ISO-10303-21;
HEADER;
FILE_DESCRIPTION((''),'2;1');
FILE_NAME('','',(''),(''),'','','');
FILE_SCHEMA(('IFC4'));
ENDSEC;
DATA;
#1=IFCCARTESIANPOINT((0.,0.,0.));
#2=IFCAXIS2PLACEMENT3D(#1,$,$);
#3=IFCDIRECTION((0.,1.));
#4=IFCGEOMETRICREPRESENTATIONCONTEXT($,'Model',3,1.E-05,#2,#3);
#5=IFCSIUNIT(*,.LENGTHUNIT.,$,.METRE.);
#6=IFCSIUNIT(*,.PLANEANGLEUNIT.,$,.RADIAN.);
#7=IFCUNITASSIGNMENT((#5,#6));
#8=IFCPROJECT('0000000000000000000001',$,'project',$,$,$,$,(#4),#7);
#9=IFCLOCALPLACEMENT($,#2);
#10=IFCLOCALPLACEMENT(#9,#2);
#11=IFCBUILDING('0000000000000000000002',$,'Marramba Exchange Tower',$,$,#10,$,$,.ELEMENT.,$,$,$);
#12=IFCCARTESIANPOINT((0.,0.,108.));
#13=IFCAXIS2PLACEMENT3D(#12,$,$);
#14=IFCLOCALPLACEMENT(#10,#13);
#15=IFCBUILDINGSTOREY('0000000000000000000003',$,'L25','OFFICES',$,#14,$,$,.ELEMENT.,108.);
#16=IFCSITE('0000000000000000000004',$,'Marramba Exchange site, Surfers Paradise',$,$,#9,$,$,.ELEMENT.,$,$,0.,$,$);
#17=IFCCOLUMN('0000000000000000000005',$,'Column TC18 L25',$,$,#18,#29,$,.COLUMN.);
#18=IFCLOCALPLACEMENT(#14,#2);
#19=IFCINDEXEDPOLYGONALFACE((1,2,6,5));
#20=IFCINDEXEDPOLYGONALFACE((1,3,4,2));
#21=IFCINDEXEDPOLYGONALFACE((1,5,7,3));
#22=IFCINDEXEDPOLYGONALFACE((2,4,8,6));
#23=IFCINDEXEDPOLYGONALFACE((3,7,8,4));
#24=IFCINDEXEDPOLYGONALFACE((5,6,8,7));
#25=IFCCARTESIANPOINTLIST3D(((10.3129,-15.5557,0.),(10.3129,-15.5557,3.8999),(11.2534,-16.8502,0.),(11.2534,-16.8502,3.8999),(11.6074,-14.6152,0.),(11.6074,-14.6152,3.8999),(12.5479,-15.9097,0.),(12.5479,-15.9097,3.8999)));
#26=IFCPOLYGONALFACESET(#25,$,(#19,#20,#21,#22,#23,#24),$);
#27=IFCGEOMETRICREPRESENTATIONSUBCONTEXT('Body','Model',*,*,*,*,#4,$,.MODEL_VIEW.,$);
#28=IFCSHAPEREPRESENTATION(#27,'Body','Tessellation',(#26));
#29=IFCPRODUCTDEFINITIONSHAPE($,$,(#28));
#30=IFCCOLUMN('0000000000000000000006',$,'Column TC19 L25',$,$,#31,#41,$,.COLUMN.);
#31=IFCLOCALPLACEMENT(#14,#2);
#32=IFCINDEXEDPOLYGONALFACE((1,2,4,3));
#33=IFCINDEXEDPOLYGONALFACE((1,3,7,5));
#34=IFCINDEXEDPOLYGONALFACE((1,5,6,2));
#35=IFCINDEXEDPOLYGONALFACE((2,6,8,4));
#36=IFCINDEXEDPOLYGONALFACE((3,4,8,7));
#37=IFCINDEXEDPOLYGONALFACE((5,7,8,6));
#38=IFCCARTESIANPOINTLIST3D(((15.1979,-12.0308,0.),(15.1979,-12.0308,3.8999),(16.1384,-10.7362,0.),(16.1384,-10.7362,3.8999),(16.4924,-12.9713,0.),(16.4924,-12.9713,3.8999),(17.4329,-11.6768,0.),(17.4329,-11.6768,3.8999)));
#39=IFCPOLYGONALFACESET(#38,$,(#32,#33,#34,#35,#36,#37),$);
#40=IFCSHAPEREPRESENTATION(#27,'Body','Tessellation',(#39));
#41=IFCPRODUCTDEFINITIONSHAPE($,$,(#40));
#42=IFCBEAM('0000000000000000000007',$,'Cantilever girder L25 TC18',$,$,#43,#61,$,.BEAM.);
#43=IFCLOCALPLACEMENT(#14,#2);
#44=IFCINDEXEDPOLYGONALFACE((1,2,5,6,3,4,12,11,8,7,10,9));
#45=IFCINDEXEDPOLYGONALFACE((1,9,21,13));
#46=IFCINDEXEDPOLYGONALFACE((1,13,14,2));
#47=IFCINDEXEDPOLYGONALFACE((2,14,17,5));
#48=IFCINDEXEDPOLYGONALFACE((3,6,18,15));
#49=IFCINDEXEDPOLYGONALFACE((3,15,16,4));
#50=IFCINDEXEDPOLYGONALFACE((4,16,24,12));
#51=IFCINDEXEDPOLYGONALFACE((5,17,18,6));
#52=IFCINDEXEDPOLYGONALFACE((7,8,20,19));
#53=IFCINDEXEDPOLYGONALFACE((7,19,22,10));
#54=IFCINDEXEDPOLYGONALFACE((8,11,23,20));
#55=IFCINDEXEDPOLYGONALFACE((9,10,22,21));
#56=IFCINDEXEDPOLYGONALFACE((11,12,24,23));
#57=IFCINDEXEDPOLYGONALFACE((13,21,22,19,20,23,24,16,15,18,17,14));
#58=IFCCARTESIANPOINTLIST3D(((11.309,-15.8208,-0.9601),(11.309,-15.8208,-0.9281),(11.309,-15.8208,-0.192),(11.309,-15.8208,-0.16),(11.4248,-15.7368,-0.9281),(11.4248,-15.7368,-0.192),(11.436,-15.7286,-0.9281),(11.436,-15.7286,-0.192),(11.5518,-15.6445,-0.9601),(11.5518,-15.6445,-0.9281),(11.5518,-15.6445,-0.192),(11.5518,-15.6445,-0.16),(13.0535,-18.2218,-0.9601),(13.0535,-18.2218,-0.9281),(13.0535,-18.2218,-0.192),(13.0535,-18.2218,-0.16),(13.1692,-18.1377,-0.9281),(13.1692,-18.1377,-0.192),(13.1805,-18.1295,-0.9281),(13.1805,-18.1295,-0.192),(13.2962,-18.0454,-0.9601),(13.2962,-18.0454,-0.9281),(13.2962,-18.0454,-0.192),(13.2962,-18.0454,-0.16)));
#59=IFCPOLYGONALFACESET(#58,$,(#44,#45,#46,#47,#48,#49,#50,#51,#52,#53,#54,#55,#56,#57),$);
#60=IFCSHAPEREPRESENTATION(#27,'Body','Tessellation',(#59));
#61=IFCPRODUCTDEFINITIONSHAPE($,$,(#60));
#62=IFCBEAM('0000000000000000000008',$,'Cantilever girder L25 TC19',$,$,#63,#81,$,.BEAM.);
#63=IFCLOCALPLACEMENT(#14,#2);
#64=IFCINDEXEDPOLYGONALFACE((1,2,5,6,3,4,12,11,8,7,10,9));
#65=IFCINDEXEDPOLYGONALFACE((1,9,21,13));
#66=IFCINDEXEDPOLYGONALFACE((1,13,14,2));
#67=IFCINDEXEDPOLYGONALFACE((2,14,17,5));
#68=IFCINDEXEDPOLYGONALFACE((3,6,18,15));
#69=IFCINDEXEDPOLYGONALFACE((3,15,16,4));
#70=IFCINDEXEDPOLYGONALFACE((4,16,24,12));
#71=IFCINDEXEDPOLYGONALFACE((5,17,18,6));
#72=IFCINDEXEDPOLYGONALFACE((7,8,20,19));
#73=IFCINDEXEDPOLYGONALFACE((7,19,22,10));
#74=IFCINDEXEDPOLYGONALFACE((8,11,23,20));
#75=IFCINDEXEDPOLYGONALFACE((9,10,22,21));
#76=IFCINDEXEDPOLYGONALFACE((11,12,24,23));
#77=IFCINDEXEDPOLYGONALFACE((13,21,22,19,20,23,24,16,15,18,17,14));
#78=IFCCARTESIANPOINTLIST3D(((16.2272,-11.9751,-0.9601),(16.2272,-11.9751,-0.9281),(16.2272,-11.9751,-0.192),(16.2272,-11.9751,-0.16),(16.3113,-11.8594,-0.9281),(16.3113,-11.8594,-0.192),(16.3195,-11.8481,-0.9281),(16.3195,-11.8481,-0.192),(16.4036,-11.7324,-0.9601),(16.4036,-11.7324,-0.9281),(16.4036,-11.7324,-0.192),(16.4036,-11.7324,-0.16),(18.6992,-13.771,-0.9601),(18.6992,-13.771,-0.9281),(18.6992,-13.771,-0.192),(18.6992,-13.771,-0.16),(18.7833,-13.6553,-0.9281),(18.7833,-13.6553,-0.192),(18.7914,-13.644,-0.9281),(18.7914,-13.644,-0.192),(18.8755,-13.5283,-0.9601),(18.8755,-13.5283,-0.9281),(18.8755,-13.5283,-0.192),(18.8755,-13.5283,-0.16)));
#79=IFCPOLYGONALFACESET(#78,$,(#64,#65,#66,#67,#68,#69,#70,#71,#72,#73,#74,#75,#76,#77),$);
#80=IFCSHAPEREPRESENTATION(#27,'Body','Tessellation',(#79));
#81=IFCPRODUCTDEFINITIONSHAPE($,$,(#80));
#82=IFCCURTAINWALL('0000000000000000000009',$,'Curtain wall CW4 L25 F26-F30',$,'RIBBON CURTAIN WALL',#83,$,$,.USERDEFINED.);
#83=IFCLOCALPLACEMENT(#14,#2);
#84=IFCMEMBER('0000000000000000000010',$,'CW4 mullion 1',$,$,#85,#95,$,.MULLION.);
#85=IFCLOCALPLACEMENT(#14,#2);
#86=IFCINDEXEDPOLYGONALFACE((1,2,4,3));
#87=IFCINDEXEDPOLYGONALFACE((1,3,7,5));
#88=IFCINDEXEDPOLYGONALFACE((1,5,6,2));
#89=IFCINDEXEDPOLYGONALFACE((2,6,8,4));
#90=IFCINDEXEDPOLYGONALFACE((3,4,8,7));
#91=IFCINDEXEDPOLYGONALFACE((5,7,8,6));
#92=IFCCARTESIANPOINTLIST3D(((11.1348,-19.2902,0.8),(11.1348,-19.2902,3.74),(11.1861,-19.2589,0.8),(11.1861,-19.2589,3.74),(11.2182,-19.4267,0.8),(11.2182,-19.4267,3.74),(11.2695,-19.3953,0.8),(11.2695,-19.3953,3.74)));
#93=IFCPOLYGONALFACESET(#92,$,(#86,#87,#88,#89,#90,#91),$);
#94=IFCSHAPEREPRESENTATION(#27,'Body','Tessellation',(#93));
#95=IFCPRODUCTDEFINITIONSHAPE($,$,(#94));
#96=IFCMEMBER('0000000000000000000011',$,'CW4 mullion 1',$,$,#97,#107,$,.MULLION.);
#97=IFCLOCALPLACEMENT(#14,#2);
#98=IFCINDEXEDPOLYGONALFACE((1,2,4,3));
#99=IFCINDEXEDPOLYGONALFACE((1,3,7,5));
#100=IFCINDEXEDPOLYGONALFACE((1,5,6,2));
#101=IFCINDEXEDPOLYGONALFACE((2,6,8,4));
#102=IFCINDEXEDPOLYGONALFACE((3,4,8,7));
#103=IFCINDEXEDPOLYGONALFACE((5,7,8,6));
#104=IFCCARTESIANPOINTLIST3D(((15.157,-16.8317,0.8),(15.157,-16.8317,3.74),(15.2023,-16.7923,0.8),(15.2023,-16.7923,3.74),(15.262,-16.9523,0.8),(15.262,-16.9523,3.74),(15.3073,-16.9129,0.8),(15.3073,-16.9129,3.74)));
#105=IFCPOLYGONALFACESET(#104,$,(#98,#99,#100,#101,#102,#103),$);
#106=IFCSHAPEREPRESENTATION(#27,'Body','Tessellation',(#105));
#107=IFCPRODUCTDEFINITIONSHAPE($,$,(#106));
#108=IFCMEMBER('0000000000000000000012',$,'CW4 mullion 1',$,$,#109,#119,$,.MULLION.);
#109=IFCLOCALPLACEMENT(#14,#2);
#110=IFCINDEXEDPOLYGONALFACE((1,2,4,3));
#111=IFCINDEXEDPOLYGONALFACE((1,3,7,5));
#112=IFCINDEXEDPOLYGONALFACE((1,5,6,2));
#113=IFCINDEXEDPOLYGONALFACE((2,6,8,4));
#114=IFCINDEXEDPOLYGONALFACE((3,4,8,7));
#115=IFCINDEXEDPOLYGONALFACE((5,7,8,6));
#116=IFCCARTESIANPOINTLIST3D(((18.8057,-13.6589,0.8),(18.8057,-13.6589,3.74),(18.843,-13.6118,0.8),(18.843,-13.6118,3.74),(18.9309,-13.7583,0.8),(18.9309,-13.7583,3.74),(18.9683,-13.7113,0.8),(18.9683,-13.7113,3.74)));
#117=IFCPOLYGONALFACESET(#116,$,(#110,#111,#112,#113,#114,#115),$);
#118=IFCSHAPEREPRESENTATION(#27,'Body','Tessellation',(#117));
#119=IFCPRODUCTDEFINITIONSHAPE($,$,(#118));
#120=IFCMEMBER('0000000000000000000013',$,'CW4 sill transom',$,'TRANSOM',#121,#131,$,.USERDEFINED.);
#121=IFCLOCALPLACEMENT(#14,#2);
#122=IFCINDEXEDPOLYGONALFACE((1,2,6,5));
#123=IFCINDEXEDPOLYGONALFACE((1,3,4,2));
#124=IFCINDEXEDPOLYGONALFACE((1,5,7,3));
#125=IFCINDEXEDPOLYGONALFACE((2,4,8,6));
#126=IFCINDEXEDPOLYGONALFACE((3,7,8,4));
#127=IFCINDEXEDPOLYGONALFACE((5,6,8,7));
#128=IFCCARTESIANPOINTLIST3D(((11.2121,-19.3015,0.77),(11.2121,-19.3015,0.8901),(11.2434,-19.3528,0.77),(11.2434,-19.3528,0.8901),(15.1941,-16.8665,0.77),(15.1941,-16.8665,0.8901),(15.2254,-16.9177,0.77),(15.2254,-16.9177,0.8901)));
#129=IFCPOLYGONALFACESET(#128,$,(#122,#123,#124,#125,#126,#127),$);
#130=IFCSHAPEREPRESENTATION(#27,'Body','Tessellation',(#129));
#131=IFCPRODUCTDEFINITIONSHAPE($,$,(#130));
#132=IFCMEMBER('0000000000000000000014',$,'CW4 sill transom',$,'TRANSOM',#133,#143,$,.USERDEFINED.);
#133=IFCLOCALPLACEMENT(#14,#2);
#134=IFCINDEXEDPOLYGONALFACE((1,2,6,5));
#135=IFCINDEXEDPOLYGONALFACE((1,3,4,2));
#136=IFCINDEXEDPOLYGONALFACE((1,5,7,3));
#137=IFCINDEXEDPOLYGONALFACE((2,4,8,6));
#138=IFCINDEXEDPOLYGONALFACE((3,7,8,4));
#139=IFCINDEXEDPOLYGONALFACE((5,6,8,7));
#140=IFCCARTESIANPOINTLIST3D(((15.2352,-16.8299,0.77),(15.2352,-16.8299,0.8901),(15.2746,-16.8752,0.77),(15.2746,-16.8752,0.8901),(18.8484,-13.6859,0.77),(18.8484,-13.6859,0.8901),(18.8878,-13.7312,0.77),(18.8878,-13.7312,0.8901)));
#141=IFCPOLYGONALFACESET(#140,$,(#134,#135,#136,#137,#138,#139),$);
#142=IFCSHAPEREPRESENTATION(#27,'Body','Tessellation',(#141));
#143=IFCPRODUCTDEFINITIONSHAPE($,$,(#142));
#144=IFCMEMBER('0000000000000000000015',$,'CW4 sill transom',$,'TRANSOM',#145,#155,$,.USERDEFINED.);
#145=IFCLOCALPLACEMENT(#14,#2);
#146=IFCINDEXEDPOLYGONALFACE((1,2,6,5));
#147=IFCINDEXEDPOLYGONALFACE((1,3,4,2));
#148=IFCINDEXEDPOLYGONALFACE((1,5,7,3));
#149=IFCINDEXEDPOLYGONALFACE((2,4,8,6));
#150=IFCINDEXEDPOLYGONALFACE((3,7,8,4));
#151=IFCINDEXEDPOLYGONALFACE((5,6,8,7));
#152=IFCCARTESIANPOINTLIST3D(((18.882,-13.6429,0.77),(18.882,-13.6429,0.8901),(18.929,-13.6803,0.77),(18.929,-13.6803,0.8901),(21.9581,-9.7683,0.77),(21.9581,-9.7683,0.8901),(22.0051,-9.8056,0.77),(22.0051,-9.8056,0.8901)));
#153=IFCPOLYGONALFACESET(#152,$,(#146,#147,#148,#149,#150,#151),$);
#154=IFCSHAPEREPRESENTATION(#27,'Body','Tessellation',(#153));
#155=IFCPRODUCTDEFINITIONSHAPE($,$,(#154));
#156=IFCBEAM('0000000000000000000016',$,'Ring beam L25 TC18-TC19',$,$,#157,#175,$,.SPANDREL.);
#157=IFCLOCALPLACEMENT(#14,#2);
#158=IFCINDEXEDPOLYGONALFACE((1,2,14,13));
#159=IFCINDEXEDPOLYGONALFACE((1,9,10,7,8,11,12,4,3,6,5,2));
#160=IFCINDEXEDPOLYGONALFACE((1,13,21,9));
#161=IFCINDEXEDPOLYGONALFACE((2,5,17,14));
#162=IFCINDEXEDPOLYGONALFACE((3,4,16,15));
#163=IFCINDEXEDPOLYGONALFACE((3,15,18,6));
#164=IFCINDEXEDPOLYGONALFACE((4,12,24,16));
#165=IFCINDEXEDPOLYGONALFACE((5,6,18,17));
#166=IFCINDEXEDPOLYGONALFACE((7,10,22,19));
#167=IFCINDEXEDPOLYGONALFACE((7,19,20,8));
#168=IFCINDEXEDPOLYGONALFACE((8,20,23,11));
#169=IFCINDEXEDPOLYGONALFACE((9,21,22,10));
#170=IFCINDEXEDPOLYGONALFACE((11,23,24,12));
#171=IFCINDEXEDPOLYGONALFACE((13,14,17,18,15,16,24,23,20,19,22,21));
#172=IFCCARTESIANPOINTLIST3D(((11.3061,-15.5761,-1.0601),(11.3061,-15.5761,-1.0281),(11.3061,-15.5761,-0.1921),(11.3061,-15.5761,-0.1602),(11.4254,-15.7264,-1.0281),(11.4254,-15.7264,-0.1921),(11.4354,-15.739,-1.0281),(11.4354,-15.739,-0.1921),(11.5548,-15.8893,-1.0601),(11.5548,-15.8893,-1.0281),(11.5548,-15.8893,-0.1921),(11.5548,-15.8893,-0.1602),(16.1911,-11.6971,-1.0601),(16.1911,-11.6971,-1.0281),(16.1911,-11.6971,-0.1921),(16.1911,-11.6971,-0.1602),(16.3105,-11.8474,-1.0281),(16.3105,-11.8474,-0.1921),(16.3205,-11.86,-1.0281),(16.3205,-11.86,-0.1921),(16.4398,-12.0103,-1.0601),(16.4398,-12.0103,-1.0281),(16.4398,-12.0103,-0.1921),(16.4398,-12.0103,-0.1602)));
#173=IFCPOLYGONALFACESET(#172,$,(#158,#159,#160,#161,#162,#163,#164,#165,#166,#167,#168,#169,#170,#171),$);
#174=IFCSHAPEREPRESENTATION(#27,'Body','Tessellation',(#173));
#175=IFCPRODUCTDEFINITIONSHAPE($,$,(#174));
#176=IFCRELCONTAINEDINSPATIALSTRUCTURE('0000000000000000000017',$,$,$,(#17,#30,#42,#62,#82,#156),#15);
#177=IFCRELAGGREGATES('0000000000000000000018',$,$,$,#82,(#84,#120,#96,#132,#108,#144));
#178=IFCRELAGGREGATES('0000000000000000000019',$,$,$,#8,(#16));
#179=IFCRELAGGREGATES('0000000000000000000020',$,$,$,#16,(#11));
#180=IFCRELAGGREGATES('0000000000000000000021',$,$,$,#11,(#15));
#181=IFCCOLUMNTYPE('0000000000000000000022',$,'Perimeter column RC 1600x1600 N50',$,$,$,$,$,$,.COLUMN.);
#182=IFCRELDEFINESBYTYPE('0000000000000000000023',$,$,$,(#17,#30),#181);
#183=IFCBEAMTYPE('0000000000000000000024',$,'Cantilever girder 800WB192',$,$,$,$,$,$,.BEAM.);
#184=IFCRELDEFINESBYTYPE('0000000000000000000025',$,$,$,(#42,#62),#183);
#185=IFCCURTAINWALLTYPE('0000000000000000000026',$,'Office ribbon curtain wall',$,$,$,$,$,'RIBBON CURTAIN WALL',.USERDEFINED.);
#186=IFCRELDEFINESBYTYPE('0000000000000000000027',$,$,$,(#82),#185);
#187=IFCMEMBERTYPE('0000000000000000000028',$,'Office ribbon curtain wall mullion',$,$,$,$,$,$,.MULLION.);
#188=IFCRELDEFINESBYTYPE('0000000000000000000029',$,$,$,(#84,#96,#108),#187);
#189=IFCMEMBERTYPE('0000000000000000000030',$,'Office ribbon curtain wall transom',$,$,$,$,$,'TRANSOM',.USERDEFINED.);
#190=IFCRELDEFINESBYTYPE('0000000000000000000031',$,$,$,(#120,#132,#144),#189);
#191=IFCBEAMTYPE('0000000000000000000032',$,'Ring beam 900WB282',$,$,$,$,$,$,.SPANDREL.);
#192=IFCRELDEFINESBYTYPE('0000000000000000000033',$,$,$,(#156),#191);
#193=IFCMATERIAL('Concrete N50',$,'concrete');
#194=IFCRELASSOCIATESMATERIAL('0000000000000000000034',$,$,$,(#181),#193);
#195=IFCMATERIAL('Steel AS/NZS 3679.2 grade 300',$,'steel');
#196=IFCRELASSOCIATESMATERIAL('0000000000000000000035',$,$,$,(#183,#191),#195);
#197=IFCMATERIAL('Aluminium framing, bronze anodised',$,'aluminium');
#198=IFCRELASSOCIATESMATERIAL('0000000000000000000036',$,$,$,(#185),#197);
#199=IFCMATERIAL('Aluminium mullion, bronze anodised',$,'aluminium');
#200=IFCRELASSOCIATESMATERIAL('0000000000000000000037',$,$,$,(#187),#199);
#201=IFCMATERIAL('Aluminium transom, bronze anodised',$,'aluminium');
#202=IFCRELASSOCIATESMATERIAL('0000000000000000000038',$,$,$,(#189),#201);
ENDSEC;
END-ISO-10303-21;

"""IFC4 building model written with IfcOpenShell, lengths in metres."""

from ifc_helpers import new_model, si_unit, direction, frame, origin, origin_2d, place, context, subcontext, project, spatial, rectangle, i_section, extrude, material, material_profile, profile_set, type_object, element, aggregate, save


model = new_model("IFC4")

# Units and contexts
model_context = context("Model", 3, precision=1e-05, world=origin(), true_north=direction((0.0, 1.0)))
body_context = subcontext(model_context, "Body", "Model", "MODEL_VIEW")
ifc_project = project(units=[si_unit("LENGTHUNIT", "METRE"), si_unit("PLANEANGLEUNIT", "RADIAN")], contexts=[model_context])

# Site, building, storey
site_placement = place(None, origin())
site = spatial("IfcSite", under=ifc_project, at=site_placement, Name="Marramba Exchange site, Surfers Paradise", CompositionType="ELEMENT", RefElevation=0.0)
building_placement = place(site_placement, origin())
building = spatial("IfcBuilding", under=site, at=building_placement, Name="Marramba Exchange Tower", CompositionType="ELEMENT")
storey_placement = place(building_placement, frame((0.0, 0.0, 108.0)))
storey = spatial("IfcBuildingStorey", under=building, at=storey_placement, Name="L25", Description="OFFICES", CompositionType="ELEMENT", Elevation=108.0)

# Columns
ifc_material_1 = material(Name="Concrete N50", Category="concrete")
ifc_material_profile_1 = material_profile(ifc_material_1, rectangle(XDim=1.6001, YDim=1.6001, at=origin_2d()), Name="RC 1600x1600")
ifc_profile_set_1 = profile_set([ifc_material_profile_1], Name="Concrete N50")
column_type = type_object("IfcColumnType", Name="Perimeter column RC 1600x1600 N50", PredefinedType="COLUMN", material=ifc_profile_set_1)
for number, where, z_axis, x_axis, name in (
    (1, (11.4304, -15.7327, 0.0), (0.0, 0.0, 1.0), (0.587785, -0.809017, 0.0), "Column TC18 L25"),
    (2, (16.3154, -11.8538, 0.0), (0.0, 0.0, 1.0), (0.809017, -0.587785, 0.0), "Column TC19 L25"),
):
    element("IfcColumn", number, at=place(storey_placement, frame(where, z_axis=z_axis, x_axis=x_axis)), inside=storey, type_object=column_type, Name=name, PredefinedType="COLUMN", context=body_context, shape_type="SweptSolid", body=[
        extrude(rectangle(XDim=1.6001, YDim=1.6001, at=origin_2d()), origin(), (0.0, 0.0, 1.0), 3.8999),
    ])

# Beams
ifc_material_2 = material(Name="Steel AS/NZS 3679.2 grade 300", Category="steel")
ifc_material_profile_2 = material_profile(ifc_material_2, i_section(OverallWidth=0.3, OverallDepth=0.8, WebThickness=0.0139, FlangeThickness=0.032, at=origin_2d()), Name="800WB192")
ifc_profile_set_2 = profile_set([ifc_material_profile_2], Name="Steel AS/NZS 3679.2 grade 300")
beam_type_1 = type_object("IfcBeamType", Name="Cantilever girder 800WB192", PredefinedType="BEAM", material=ifc_profile_set_2)
beam_1_placement = place(storey_placement, frame((11.4304, -15.7327, -0.5601), z_axis=(0.587795, -0.80901, 0.0), x_axis=(0.80901, 0.587795, 0.0)))
element("IfcBeam", 3, at=beam_1_placement, inside=storey, type_object=beam_type_1, Name="Cantilever girder L25 TC18", PredefinedType="BEAM", context=body_context, shape_type="SweptSolid", body=[
    extrude(i_section(OverallWidth=0.3, OverallDepth=0.8, WebThickness=0.0139, FlangeThickness=0.032, at=origin_2d()), origin(), (0.0, 0.0, 1.0), 2.9678),
])
beam_2_placement = place(storey_placement, frame((16.3154, -11.8538, -0.5601), z_axis=(0.809026, -0.587773, 0.0), x_axis=(0.587773, 0.809026, 0.0)))
element("IfcBeam", 4, at=beam_2_placement, inside=storey, type_object=beam_type_1, Name="Cantilever girder L25 TC19", PredefinedType="BEAM", context=body_context, shape_type="SweptSolid", body=[
    extrude(i_section(OverallWidth=0.3, OverallDepth=0.8, WebThickness=0.0139, FlangeThickness=0.032, at=origin_2d()), origin(), (0.0, 0.0, 1.0), 3.0554),
])

# Curtain wall, members
ifc_material_3 = material(Name="Aluminium framing, bronze anodised", Category="aluminium")
curtain_wall_type = type_object("IfcCurtainWallType", Name="Office ribbon curtain wall", ElementType="RIBBON CURTAIN WALL", PredefinedType="USERDEFINED", material=ifc_material_3)
curtain_wall_placement = place(storey_placement, origin())
curtain_wall = element("IfcCurtainWall", 5, at=curtain_wall_placement, inside=storey, type_object=curtain_wall_type, Name="Curtain wall CW4 L25 F26-F30", ObjectType="RIBBON CURTAIN WALL", PredefinedType="USERDEFINED")
ifc_material_4 = material(Name="Aluminium mullion, bronze anodised", Category="aluminium")
ifc_material_profile_3 = material_profile(ifc_material_4, rectangle(XDim=0.1599, YDim=0.0601, at=origin_2d()), Name="CW4 mullion 60x160")
ifc_profile_set_3 = profile_set([ifc_material_profile_3], Name="Aluminium mullion, bronze anodised")
member_type_1 = type_object("IfcMemberType", Name="Office ribbon curtain wall mullion", PredefinedType="MULLION", material=ifc_profile_set_3)
member_1_placement = place(storey_placement, frame((11.2021, -19.3428, 0.8), z_axis=(0.0, 0.0, 1.0), x_axis=(-0.521733, 0.853109, 0.0)))
member_1 = element("IfcMember", 6, at=member_1_placement, type_object=member_type_1, Name="CW4 mullion 1", PredefinedType="MULLION", context=body_context, shape_type="SweptSolid", body=[
    extrude(rectangle(XDim=0.1599, YDim=0.0601, at=origin_2d()), origin(), (0.0, 0.0, 1.0), 2.9399),
])
member_2_placement = place(storey_placement, frame((15.2322, -16.8723, 0.8), z_axis=(0.0, 0.0, 1.0), x_axis=(-0.656432, 0.754386, 0.0)))
member_2 = element("IfcMember", 7, at=member_2_placement, type_object=member_type_1, Name="CW4 mullion 1", PredefinedType="MULLION", context=body_context, shape_type="SweptSolid", body=[
    extrude(rectangle(XDim=0.1599, YDim=0.0601, at=origin_2d()), origin(), (0.0, 0.0, 1.0), 2.9399),
])
member_3_placement = place(storey_placement, frame((18.887, -13.6851, 0.8), z_axis=(0.0, 0.0, 1.0), x_axis=(-0.78317, 0.621807, 0.0)))
member_3 = element("IfcMember", 8, at=member_3_placement, type_object=member_type_1, Name="CW4 mullion 1", PredefinedType="MULLION", context=body_context, shape_type="SweptSolid", body=[
    extrude(rectangle(XDim=0.1599, YDim=0.0601, at=origin_2d()), origin(), (0.0, 0.0, 1.0), 2.9399),
])
ifc_material_5 = material(Name="Aluminium transom, bronze anodised", Category="aluminium")
ifc_material_profile_4 = material_profile(ifc_material_5, rectangle(XDim=0.0601, YDim=0.1201, at=origin_2d()), Name="CW4 transom 60x120")
ifc_profile_set_4 = profile_set([ifc_material_profile_4], Name="Aluminium transom, bronze anodised")
member_type_2 = type_object("IfcMemberType", Name="Office ribbon curtain wall transom", ElementType="TRANSOM", PredefinedType="USERDEFINED", material=ifc_profile_set_4)
member_4_placement = place(storey_placement, frame((11.2278, -19.3271, 0.8301), z_axis=(0.853124, 0.521708, 0.0), x_axis=(-0.521708, 0.853124, 0.0)))
member_4 = element("IfcMember", 9, at=member_4_placement, type_object=member_type_2, Name="CW4 sill transom", ObjectType="TRANSOM", PredefinedType="USERDEFINED", context=body_context, shape_type="SweptSolid", body=[
    extrude(rectangle(XDim=0.0601, YDim=0.1201, at=origin_2d()), origin(), (0.0, 0.0, 1.0), 4.6675),
])
member_5_placement = place(storey_placement, frame((15.2549, -16.8525, 0.8301), z_axis=(0.754393, 0.656424, 0.0), x_axis=(-0.656424, 0.754393, 0.0)))
member_5 = element("IfcMember", 10, at=member_5_placement, type_object=member_type_2, Name="CW4 sill transom", ObjectType="TRANSOM", PredefinedType="USERDEFINED", context=body_context, shape_type="SweptSolid", body=[
    extrude(rectangle(XDim=0.0601, YDim=0.1201, at=origin_2d()), origin(), (0.0, 0.0, 1.0), 4.7896),
])
member_6_placement = place(storey_placement, frame((18.9055, -13.6616, 0.8301), z_axis=(0.621778, 0.783194, 0.0), x_axis=(-0.783194, 0.621778, 0.0)))
member_6 = element("IfcMember", 11, at=member_6_placement, type_object=member_type_2, Name="CW4 sill transom", ObjectType="TRANSOM", PredefinedType="USERDEFINED", context=body_context, shape_type="SweptSolid", body=[
    extrude(rectangle(XDim=0.0601, YDim=0.1201, at=origin_2d()), origin(), (0.0, 0.0, 1.0), 4.9473),
])

# Beam
ifc_material_profile_5 = material_profile(ifc_material_2, i_section(OverallWidth=0.3999, OverallDepth=0.8999, WebThickness=0.0161, FlangeThickness=0.032, at=origin_2d()), Name="900WB282")
ifc_profile_set_5 = profile_set([ifc_material_profile_5], Name="Steel AS/NZS 3679.2 grade 300")
beam_type_2 = type_object("IfcBeamType", Name="Ring beam 900WB282", PredefinedType="SPANDREL", material=ifc_profile_set_5)
beam_3_placement = place(storey_placement, frame((11.4304, -15.7327, -0.6101), z_axis=(0.783139, 0.621846, 0.0), x_axis=(-0.621846, 0.783139, 0.0)))
element("IfcBeam", 12, at=beam_3_placement, inside=storey, type_object=beam_type_2, Name="Ring beam L25 TC18-TC19", PredefinedType="SPANDREL", context=body_context, shape_type="SweptSolid", body=[
    extrude(i_section(OverallWidth=0.3999, OverallDepth=0.8999, WebThickness=0.0161, FlangeThickness=0.032, at=origin_2d()), origin(), (0.0, 0.0, 1.0), 6.2378),
])

aggregate(curtain_wall, [member_1, member_4, member_2, member_5, member_3, member_6])

save(model, "model.ifc")
